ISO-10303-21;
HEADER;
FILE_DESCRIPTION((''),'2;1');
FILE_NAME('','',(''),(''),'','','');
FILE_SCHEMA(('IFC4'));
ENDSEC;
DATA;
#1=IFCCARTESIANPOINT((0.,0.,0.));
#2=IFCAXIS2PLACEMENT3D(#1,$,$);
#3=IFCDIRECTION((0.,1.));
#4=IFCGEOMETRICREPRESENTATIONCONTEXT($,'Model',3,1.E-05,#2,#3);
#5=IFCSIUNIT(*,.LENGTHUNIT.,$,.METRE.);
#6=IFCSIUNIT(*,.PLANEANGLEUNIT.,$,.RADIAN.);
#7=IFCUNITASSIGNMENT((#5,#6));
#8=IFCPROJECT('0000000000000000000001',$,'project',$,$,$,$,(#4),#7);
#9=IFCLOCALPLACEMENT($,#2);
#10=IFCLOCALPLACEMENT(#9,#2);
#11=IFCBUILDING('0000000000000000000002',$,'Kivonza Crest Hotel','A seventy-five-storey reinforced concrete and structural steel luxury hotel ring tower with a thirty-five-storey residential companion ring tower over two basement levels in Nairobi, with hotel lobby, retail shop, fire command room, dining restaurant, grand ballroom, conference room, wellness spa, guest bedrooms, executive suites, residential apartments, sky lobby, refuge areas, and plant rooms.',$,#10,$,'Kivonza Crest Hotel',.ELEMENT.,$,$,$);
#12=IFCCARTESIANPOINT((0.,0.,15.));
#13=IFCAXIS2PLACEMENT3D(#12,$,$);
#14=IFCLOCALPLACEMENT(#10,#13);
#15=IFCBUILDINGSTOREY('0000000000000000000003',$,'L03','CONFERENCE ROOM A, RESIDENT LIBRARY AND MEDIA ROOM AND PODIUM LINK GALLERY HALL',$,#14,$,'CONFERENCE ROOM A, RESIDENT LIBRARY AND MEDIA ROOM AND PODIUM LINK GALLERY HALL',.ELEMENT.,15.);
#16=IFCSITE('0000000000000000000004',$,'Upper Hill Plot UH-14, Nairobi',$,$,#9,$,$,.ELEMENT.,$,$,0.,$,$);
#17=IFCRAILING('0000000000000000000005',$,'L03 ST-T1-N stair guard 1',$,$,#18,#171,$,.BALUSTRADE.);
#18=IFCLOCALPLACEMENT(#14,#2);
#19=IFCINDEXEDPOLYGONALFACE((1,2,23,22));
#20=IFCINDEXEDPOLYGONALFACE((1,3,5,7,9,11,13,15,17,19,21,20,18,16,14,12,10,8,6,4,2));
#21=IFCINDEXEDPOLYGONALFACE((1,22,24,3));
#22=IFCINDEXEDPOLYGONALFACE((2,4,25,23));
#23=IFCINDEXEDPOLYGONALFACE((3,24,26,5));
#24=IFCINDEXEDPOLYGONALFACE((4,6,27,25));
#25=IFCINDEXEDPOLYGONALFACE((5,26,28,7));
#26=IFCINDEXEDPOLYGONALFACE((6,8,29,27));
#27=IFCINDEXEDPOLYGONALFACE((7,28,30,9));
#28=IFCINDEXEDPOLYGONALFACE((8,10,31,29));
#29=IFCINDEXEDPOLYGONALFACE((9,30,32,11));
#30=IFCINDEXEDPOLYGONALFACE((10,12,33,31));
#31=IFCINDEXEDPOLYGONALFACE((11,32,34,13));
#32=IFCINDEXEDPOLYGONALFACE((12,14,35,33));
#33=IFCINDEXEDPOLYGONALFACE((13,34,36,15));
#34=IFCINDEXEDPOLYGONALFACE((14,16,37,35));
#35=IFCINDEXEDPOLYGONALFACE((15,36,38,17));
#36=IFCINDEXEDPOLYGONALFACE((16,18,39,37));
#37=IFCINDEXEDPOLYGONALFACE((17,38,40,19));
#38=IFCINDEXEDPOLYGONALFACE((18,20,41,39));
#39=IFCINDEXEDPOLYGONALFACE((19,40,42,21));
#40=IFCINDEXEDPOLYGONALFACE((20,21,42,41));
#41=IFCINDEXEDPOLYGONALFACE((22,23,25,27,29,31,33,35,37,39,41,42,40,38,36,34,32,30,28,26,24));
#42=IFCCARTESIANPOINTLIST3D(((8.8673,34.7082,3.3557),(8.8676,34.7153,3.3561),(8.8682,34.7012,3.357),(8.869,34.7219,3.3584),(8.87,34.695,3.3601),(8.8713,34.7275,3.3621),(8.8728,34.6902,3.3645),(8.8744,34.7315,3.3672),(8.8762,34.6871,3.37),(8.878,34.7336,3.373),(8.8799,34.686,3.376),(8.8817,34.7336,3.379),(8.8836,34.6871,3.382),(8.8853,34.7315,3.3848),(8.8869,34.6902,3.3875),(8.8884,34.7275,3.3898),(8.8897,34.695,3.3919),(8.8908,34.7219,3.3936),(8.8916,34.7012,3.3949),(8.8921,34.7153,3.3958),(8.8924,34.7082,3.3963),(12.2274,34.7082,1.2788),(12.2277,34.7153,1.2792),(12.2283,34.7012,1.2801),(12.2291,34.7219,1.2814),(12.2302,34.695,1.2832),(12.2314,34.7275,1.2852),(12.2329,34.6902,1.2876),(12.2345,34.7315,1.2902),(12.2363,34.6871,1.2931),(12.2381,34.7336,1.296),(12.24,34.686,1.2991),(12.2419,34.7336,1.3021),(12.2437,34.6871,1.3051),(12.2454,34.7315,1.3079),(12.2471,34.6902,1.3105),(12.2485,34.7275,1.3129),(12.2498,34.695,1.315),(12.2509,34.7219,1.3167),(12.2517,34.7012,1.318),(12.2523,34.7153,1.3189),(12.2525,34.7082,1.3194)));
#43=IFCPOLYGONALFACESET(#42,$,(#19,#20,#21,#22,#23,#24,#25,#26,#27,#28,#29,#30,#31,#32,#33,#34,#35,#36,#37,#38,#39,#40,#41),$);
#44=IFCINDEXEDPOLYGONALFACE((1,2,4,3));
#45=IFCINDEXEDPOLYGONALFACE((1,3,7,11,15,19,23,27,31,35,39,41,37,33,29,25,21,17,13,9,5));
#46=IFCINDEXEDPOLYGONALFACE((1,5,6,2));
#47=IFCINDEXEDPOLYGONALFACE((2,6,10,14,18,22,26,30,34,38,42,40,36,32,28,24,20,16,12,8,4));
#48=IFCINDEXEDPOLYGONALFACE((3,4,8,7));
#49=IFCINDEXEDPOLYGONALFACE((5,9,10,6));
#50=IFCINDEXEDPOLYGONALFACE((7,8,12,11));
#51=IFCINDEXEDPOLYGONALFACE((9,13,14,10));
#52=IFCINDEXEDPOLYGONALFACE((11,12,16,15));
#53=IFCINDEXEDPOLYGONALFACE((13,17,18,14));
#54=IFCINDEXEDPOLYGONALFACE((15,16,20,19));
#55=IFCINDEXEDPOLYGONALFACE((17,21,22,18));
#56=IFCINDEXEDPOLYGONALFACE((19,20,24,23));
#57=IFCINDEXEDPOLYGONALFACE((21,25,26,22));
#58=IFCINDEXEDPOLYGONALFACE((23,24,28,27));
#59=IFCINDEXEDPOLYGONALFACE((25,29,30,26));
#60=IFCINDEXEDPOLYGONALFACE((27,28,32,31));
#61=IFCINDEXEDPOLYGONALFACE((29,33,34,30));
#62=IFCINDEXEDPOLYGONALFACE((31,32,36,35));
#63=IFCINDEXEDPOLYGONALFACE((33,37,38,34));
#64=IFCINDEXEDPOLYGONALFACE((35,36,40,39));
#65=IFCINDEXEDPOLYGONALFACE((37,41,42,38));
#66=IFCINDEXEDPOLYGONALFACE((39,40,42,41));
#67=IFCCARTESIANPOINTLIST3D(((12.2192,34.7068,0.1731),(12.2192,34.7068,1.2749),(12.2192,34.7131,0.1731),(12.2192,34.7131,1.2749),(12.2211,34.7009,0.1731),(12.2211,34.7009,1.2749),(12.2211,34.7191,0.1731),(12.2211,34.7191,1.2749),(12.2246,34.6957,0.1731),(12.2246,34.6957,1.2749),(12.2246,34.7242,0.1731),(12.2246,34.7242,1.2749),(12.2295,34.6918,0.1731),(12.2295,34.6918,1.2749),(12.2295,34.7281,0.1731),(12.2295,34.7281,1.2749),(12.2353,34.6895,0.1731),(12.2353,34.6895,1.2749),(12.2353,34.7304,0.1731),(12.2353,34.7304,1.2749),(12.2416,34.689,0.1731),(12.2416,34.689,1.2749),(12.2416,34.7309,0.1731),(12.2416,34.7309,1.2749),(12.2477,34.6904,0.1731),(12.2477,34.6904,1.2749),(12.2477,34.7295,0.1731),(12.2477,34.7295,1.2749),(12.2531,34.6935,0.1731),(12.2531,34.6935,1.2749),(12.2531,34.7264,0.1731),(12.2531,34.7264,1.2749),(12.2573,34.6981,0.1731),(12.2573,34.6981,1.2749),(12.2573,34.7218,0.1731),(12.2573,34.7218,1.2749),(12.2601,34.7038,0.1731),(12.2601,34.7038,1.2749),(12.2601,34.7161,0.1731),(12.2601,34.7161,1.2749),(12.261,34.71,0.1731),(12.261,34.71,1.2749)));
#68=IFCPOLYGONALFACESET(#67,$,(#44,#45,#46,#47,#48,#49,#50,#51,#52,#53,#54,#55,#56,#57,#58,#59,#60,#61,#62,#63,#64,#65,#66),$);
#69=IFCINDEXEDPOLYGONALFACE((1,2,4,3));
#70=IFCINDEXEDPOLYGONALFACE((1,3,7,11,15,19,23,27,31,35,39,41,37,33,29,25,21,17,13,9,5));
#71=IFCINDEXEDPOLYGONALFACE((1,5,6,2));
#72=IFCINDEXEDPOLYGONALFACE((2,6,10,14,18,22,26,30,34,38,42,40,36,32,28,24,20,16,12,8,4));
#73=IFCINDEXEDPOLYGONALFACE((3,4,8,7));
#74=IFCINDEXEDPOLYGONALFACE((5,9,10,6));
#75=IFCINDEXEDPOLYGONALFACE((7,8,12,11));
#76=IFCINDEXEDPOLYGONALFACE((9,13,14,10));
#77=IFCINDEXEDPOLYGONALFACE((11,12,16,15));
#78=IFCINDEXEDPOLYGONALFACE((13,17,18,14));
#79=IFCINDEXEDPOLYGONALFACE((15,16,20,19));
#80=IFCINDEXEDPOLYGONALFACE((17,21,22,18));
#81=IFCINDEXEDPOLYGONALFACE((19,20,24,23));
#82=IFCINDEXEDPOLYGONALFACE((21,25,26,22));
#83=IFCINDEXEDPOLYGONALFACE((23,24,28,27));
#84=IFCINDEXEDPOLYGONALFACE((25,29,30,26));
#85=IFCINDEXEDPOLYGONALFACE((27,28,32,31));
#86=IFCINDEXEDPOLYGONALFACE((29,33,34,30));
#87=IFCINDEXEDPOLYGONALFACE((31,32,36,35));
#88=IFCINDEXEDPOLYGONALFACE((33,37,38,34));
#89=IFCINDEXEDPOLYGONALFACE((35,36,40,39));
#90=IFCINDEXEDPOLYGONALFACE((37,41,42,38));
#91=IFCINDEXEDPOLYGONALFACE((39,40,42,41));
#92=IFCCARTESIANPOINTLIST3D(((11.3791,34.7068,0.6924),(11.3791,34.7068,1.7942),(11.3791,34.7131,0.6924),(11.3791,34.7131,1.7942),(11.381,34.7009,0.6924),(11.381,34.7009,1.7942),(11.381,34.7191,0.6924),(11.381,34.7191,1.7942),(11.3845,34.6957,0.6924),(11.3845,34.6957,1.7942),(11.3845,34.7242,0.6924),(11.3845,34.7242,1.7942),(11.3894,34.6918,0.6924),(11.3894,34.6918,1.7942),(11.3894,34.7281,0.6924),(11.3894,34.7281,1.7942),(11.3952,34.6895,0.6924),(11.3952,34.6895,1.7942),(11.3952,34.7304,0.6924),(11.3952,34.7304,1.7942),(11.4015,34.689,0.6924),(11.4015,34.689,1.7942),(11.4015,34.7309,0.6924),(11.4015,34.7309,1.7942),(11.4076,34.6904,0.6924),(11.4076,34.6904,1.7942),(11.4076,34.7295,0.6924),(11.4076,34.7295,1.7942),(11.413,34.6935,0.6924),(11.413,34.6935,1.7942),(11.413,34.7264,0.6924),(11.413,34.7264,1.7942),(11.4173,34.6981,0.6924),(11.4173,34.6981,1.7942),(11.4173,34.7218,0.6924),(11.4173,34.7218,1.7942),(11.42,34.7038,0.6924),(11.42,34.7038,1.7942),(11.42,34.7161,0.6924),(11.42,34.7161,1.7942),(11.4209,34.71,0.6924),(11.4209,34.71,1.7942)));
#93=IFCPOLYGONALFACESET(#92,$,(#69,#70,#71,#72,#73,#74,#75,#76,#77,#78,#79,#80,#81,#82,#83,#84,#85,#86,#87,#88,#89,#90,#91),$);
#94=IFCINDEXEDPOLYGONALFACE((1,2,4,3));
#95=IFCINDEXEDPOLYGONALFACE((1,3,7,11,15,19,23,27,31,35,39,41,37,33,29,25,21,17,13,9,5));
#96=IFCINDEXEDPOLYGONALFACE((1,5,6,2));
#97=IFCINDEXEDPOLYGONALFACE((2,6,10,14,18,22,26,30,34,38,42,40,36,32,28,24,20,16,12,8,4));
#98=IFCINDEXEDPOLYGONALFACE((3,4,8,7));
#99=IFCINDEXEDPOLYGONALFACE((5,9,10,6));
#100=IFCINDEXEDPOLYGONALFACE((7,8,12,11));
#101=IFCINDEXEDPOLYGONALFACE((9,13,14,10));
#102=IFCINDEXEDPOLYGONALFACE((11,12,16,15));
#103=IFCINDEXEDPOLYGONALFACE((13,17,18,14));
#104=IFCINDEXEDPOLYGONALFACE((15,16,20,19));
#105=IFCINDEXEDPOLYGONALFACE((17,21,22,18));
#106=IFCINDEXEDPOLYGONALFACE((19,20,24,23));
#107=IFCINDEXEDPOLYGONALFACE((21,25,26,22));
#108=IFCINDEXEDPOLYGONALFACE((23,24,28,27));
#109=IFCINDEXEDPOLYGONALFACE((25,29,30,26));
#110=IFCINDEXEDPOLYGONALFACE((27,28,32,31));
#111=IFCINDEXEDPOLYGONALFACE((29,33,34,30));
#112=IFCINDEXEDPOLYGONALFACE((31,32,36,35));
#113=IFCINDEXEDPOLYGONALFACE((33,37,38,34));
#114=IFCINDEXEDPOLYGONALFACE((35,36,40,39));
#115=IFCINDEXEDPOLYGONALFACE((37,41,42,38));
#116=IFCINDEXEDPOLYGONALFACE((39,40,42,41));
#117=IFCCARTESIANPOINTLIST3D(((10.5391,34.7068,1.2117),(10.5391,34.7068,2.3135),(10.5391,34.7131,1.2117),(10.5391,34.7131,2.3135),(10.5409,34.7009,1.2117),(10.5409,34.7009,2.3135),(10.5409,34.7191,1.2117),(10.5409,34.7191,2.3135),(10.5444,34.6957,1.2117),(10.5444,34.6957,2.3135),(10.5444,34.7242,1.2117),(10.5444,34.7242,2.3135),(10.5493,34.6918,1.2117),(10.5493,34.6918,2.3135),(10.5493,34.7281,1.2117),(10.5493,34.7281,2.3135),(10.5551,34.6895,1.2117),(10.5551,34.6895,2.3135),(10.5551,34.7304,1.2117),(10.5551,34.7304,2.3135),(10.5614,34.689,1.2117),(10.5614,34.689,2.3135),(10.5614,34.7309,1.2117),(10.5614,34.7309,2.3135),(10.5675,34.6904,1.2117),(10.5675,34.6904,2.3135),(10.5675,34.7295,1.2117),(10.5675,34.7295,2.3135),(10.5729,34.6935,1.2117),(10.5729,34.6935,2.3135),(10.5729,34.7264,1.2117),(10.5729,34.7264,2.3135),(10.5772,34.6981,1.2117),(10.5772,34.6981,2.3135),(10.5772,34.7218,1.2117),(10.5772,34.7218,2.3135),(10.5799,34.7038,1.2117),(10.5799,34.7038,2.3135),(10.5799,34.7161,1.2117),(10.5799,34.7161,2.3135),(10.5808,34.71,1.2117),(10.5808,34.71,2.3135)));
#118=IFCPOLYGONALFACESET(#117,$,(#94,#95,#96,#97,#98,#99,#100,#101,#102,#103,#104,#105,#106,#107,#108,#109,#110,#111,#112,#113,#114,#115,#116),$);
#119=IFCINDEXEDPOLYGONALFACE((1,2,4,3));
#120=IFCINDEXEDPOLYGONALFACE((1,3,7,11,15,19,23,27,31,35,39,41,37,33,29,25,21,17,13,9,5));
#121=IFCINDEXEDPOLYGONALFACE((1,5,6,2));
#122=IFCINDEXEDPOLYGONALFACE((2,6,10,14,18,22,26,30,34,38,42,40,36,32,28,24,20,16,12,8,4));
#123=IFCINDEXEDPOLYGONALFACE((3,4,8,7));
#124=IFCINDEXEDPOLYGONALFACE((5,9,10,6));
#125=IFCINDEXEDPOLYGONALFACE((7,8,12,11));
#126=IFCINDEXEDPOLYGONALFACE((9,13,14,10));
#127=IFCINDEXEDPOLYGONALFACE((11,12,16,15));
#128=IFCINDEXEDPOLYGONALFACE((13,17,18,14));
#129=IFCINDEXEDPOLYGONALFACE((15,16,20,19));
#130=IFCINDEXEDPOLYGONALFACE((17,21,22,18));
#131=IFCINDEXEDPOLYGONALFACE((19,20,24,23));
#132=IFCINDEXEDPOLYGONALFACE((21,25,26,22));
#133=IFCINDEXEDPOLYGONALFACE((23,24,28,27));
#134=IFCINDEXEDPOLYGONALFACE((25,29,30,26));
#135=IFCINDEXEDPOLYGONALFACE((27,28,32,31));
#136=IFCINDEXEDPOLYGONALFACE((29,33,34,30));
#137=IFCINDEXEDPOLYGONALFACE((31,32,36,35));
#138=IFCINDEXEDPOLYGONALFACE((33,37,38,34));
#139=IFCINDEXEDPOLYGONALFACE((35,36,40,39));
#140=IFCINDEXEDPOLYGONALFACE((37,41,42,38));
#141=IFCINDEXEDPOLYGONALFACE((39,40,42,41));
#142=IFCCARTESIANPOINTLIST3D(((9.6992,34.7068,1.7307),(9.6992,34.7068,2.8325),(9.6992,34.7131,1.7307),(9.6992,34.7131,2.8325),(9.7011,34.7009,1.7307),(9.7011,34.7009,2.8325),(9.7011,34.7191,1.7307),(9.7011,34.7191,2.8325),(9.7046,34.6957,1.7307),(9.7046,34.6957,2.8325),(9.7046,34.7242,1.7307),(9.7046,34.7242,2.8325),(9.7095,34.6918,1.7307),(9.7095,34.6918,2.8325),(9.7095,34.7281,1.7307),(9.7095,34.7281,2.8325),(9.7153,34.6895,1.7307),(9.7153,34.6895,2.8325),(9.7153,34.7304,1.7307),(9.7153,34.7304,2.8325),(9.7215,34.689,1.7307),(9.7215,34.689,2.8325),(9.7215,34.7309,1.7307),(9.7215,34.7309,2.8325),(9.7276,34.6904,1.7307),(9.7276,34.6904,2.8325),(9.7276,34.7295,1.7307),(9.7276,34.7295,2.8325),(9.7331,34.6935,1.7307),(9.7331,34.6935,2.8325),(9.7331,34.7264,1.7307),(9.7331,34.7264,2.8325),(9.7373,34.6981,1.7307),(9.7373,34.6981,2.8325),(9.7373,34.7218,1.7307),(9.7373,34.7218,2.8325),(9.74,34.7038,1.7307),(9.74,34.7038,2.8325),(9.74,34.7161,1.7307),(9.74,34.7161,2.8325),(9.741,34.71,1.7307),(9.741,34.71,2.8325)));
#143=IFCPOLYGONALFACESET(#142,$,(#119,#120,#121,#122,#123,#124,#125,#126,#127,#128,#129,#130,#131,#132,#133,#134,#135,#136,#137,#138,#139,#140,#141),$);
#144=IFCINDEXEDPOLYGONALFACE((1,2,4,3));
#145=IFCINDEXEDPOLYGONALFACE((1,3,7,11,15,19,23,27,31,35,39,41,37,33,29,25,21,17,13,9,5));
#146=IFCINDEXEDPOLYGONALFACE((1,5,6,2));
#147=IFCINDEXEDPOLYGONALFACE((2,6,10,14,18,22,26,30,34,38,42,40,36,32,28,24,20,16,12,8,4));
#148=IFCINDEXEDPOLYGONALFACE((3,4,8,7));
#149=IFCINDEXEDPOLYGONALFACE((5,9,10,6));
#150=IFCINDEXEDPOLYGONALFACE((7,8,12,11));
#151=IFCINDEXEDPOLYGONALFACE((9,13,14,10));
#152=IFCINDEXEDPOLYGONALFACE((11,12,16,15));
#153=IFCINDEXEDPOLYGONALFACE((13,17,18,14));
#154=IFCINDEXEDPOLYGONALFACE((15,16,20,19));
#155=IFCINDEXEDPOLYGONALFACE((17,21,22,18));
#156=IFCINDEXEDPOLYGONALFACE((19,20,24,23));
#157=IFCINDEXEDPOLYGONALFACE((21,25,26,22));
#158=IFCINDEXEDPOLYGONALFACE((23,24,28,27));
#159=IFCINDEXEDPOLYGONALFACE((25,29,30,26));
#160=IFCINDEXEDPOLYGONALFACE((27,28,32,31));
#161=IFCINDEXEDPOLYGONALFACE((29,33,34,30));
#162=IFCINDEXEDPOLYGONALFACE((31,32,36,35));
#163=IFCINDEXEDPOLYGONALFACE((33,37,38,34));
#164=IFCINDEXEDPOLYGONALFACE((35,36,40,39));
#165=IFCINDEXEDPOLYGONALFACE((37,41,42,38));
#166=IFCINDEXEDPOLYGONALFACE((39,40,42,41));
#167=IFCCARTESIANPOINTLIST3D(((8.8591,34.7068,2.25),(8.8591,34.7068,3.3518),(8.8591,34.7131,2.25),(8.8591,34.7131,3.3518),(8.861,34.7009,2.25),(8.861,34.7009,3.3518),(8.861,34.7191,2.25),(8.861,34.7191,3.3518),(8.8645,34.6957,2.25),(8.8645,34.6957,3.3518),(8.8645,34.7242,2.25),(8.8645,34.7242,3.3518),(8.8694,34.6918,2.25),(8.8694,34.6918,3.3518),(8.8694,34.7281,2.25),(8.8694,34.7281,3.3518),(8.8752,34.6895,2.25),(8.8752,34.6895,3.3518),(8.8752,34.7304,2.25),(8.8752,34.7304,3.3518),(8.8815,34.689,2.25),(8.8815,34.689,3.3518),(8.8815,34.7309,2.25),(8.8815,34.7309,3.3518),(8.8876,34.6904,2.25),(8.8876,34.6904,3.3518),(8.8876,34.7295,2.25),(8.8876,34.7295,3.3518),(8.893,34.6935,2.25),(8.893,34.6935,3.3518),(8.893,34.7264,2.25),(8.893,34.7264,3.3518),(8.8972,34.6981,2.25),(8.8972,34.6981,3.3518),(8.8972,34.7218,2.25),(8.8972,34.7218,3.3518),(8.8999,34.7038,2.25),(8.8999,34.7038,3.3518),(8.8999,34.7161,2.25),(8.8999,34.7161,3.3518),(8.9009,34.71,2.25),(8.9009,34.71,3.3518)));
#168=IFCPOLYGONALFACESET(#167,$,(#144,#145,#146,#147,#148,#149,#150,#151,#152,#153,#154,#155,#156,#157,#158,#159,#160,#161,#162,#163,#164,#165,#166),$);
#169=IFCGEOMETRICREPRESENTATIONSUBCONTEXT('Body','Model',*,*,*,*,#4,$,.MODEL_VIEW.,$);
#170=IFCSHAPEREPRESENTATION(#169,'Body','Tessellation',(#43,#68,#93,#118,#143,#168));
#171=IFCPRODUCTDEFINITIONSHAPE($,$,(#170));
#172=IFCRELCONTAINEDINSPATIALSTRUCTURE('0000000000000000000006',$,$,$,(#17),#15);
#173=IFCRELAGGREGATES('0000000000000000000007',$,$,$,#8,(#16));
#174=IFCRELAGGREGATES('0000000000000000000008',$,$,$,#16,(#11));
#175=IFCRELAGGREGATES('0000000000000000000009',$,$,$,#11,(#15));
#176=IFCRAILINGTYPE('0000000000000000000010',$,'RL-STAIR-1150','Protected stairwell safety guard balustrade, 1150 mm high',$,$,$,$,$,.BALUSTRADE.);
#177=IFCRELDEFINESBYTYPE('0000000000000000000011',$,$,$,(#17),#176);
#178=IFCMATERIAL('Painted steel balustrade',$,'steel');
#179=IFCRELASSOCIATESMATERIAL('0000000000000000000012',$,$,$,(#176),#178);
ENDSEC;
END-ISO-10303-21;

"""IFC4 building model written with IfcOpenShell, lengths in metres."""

from ifc_helpers import new_model, si_unit, direction, frame, origin, origin_2d, place, context, subcontext, project, spatial, circle, extrude, material, type_object, element, save


model = new_model("IFC4")

# Units and contexts
model_context = context("Model", 3, precision=1e-05, world=origin(), true_north=direction((0.0, 1.0)))
body_context = subcontext(model_context, "Body", "Model", "MODEL_VIEW")
ifc_project = project(units=[si_unit("LENGTHUNIT", "METRE"), si_unit("PLANEANGLEUNIT", "RADIAN")], contexts=[model_context])

# Site, building, storey
site_placement = place(None, origin())
site = spatial("IfcSite", under=ifc_project, at=site_placement, Name="Upper Hill Plot UH-14, Nairobi", CompositionType="ELEMENT", RefElevation=0.0)
building_placement = place(site_placement, origin())
building = spatial("IfcBuilding", under=site, at=building_placement, Name="Kivonza Crest Hotel", Description="A seventy-five-storey reinforced concrete and structural steel luxury hotel ring tower with a thirty-five-storey residential companion ring tower over two basement levels in Nairobi, with hotel lobby, retail shop, fire command room, dining restaurant, grand ballroom, conference room, wellness spa, guest bedrooms, executive suites, residential apartments, sky lobby, refuge areas, and plant rooms.", LongName="Kivonza Crest Hotel", CompositionType="ELEMENT")
storey_placement = place(building_placement, frame((0.0, 0.0, 15.0)))
storey = spatial("IfcBuildingStorey", under=building, at=storey_placement, Name="L03", Description="CONFERENCE ROOM A, RESIDENT LIBRARY AND MEDIA ROOM AND PODIUM LINK GALLERY HALL", LongName="CONFERENCE ROOM A, RESIDENT LIBRARY AND MEDIA ROOM AND PODIUM LINK GALLERY HALL", CompositionType="ELEMENT", Elevation=15.0)

# Railing
ifc_material_1 = material(Name="Painted steel balustrade", Category="steel")
railing_type_1 = type_object("IfcRailingType", Name="RL-STAIR-1150", Description="Protected stairwell safety guard balustrade, 1150 mm high", PredefinedType="BALUSTRADE", material=ifc_material_1)
railing_1_placement = place(storey_placement, frame((12.24, 34.71, 0.1731)))
element("IfcRailing", 1, at=railing_1_placement, inside=storey, type_object=railing_type_1, Name="L03 ST-T1-N stair guard 1", PredefinedType="BALUSTRADE", context=body_context, shape_type="SweptSolid", body=[
    extrude(circle(Radius=0.0239, at=origin_2d()), frame((0.0, 0.0, 1.126), z_axis=(-0.850623, 0.0, 0.525776), x_axis=(0.0, -1.0, 0.0)), (0.0, 0.0, 1.0), 3.9502),
    extrude(circle(Radius=0.021, at=origin_2d()), origin(), (0.0, 0.0, 1.0), 1.1018),
    extrude(circle(Radius=0.021, at=origin_2d()), frame((-0.8401, 0.0, 0.5193)), (0.0, 0.0, 1.0), 1.1018),
    extrude(circle(Radius=0.021, at=origin_2d()), frame((-1.6802, 0.0, 1.0386)), (0.0, 0.0, 1.0), 1.1018),
    extrude(circle(Radius=0.021, at=origin_2d()), frame((-2.52, 0.0, 1.5576)), (0.0, 0.0, 1.0), 1.1018),
    extrude(circle(Radius=0.021, at=origin_2d()), frame((-3.3601, 0.0, 2.0769)), (0.0, 0.0, 1.0), 1.1018),
])

save(model, "model.ifc")
